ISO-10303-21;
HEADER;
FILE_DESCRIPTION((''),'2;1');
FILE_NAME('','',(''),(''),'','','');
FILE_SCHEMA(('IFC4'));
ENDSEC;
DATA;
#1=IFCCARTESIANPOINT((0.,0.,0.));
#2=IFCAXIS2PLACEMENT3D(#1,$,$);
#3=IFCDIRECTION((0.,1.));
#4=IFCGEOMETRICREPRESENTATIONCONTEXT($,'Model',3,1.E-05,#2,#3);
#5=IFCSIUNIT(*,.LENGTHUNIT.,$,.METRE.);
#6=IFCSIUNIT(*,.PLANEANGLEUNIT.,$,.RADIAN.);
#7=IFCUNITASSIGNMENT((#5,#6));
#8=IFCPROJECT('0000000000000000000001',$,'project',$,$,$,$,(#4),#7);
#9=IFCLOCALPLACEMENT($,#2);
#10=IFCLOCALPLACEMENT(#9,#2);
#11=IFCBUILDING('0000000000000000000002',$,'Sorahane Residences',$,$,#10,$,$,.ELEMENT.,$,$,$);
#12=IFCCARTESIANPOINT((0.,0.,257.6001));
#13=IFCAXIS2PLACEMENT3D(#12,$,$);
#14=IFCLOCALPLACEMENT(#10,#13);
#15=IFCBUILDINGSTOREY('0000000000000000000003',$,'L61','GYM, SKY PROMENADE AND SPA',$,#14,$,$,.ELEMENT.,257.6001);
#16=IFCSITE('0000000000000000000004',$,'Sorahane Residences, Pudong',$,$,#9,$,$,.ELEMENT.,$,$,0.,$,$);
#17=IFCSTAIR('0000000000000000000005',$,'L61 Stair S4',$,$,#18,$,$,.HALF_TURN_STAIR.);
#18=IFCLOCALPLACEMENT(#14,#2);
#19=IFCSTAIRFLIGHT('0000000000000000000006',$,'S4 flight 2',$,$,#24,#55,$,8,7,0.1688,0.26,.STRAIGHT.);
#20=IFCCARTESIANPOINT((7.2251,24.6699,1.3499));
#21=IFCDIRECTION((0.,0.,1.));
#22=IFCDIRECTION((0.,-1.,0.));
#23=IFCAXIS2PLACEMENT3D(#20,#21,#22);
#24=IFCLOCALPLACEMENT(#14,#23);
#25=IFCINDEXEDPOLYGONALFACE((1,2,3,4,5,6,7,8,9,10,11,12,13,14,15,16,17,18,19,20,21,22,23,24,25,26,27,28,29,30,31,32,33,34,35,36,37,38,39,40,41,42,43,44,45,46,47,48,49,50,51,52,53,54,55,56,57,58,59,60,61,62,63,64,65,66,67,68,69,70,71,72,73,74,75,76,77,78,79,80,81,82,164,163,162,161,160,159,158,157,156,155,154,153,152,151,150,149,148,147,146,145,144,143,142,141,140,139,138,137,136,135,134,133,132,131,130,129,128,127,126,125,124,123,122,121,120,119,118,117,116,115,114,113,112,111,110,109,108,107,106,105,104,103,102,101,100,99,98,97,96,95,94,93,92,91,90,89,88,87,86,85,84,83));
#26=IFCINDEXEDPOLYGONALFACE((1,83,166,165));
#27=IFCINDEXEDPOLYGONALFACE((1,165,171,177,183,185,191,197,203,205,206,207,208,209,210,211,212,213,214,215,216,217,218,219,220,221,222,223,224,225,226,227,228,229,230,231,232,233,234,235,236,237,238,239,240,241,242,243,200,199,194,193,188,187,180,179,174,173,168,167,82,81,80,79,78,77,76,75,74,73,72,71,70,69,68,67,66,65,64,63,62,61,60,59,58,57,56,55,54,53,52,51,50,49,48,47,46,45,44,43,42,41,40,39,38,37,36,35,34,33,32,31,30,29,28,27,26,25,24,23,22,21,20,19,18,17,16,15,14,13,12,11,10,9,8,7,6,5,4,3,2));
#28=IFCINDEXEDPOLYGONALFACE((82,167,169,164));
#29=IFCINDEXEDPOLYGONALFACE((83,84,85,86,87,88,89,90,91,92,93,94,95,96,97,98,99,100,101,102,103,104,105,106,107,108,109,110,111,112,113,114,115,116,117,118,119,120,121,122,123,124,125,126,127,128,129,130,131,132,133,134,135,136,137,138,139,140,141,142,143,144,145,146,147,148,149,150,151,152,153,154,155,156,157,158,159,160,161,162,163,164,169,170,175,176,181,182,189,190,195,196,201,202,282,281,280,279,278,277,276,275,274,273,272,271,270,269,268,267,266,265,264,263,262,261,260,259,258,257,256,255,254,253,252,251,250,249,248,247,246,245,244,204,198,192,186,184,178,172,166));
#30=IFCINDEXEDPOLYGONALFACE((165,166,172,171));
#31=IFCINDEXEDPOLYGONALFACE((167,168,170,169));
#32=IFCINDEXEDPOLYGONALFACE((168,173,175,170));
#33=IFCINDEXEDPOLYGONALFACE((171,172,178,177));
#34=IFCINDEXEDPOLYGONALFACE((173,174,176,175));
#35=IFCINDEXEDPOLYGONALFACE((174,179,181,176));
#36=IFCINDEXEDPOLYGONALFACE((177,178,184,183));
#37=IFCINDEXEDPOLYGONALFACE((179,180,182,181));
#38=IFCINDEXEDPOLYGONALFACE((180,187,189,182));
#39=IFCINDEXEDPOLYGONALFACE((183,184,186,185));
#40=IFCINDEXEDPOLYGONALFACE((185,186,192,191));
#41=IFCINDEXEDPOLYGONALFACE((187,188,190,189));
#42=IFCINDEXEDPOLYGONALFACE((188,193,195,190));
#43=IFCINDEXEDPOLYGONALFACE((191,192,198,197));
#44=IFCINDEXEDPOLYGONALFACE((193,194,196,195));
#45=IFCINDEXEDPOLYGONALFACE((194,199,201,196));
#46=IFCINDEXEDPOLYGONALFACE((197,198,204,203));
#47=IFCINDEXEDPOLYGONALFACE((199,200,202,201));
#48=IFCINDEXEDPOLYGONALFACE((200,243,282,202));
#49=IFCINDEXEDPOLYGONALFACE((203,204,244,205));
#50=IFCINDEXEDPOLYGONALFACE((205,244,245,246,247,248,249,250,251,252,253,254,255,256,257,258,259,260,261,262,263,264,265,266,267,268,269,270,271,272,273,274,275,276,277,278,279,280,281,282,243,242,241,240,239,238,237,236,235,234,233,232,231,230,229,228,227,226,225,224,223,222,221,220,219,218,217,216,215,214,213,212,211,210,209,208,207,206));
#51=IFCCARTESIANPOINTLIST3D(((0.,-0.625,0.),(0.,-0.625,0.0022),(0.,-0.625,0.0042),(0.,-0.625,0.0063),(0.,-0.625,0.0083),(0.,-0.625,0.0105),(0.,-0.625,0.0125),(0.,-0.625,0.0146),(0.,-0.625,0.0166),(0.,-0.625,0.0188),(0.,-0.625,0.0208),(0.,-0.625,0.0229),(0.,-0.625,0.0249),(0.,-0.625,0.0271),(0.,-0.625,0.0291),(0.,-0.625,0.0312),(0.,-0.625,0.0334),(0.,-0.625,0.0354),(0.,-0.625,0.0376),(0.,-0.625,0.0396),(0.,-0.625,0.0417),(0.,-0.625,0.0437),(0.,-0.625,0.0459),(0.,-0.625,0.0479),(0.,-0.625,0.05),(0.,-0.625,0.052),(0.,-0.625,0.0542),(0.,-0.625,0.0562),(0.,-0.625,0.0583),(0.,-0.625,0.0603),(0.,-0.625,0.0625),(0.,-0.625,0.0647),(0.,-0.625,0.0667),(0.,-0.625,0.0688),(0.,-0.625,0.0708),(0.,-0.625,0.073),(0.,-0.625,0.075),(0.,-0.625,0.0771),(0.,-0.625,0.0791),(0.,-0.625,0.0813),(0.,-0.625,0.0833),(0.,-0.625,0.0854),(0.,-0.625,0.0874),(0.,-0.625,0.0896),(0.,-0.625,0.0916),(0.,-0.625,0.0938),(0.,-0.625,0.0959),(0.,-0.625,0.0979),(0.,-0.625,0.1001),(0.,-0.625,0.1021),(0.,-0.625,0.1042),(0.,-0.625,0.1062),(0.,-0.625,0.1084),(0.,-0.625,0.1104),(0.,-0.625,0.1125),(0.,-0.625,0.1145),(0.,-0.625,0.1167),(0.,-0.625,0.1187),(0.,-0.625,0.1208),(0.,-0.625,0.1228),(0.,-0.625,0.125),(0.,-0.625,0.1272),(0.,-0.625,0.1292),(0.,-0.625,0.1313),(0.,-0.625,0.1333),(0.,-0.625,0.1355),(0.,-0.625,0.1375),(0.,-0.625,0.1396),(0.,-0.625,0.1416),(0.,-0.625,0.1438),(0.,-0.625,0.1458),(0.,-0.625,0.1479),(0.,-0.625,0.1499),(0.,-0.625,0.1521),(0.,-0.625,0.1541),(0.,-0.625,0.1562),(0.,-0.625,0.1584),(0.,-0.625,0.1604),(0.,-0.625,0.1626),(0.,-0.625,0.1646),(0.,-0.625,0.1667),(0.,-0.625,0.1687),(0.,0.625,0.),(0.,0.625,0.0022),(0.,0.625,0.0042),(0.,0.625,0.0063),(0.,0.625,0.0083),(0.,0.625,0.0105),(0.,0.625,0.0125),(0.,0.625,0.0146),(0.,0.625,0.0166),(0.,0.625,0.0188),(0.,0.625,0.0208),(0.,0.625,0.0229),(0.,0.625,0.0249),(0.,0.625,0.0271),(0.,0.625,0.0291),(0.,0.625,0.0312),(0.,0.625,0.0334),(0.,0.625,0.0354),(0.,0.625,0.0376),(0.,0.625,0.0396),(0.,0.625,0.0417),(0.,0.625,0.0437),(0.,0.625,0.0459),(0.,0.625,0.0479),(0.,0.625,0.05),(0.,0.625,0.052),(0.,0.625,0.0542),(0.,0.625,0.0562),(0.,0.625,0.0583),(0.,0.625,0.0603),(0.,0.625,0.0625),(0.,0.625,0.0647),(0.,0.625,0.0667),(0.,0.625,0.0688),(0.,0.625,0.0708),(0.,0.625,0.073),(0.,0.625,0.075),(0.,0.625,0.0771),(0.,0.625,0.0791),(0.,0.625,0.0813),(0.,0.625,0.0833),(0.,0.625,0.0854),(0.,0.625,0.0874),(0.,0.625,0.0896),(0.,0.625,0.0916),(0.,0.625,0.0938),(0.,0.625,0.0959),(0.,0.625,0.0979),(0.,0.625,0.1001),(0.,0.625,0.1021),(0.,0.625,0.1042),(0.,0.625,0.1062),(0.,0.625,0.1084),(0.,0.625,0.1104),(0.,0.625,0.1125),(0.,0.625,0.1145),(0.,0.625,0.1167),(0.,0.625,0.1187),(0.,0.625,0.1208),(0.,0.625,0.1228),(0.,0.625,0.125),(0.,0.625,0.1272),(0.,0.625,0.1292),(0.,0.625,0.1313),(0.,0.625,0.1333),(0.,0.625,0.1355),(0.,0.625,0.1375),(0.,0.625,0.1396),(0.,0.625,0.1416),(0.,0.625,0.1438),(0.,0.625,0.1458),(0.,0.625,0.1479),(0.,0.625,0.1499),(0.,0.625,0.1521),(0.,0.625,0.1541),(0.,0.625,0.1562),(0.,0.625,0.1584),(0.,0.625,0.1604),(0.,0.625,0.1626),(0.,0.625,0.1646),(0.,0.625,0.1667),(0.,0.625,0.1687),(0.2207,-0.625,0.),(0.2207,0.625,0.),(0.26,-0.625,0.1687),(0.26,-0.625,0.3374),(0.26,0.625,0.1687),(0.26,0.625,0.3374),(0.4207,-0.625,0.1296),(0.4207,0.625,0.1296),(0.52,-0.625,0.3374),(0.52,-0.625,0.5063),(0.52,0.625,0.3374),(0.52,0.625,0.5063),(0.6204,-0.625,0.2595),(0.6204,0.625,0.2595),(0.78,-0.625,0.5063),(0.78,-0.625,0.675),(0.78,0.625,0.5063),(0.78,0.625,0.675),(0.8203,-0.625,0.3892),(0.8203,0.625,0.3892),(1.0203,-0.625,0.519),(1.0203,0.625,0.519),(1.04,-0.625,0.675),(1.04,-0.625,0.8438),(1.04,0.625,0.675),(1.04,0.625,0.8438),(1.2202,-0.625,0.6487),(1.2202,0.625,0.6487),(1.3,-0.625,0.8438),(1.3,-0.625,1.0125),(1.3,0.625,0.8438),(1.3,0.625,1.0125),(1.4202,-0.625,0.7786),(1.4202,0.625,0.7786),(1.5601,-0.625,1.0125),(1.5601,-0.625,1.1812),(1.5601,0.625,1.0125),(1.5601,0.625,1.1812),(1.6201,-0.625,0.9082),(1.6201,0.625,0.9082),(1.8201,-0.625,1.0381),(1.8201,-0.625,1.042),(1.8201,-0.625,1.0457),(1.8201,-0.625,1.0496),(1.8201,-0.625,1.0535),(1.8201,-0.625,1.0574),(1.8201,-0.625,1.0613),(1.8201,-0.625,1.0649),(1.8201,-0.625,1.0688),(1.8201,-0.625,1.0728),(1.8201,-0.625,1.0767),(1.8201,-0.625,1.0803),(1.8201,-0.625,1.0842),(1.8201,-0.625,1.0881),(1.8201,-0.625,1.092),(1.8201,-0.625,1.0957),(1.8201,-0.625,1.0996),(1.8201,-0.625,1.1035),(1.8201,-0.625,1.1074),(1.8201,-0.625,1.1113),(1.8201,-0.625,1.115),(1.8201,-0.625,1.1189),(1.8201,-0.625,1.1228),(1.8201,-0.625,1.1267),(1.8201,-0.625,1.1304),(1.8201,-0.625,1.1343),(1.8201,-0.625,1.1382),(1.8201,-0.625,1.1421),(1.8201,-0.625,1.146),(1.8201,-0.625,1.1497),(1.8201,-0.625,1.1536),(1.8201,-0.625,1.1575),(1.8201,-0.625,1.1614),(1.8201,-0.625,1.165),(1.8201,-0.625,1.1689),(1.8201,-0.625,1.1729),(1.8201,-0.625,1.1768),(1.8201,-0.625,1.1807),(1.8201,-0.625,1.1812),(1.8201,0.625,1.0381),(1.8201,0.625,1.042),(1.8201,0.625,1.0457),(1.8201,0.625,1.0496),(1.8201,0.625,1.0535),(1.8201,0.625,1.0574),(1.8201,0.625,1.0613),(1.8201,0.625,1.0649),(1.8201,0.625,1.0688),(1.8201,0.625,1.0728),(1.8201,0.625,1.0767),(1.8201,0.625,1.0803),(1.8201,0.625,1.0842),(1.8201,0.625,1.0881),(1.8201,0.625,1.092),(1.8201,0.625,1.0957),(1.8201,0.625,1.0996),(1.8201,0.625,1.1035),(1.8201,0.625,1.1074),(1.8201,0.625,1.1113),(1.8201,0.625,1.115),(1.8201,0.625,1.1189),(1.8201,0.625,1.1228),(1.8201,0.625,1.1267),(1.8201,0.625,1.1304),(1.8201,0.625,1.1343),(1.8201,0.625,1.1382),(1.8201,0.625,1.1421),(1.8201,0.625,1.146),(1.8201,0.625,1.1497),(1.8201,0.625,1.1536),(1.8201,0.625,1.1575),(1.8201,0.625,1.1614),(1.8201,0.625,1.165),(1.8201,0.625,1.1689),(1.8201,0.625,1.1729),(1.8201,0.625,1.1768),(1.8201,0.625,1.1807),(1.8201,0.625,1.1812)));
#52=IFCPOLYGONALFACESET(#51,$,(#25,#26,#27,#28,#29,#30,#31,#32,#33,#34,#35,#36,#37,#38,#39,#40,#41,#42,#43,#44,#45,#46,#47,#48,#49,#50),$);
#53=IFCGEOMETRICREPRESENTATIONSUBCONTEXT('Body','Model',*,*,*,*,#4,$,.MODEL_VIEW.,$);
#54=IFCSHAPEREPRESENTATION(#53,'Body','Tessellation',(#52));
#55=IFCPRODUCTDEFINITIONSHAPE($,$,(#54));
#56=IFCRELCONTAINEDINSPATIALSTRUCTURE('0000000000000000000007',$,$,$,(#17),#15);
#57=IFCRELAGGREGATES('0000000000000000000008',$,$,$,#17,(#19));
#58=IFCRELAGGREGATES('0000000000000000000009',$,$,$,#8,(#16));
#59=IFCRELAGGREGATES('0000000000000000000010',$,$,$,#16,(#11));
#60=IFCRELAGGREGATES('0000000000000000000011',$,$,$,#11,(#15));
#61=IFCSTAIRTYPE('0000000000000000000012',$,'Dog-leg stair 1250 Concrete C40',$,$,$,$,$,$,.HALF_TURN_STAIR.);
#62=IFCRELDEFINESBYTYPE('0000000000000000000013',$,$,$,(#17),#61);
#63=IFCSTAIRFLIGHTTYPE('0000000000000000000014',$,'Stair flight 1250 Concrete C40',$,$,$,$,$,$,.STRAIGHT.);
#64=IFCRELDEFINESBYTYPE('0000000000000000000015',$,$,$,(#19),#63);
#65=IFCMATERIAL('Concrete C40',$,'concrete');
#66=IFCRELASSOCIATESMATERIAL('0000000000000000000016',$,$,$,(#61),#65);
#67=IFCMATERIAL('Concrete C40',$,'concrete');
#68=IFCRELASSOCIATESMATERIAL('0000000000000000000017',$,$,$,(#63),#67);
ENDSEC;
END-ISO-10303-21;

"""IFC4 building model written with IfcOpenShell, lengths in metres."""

from ifc_helpers import new_model, si_unit, direction, frame, origin, place, context, subcontext, project, spatial, polyline, outline, extrude, material, type_object, element, aggregate, save


model = new_model("IFC4")

# Units and contexts
model_context = context("Model", 3, precision=1e-05, world=origin(), true_north=direction((0.0, 1.0)))
body_context = subcontext(model_context, "Body", "Model", "MODEL_VIEW")
ifc_project = project(units=[si_unit("LENGTHUNIT", "METRE"), si_unit("PLANEANGLEUNIT", "RADIAN")], contexts=[model_context])

# Site, building, storey
site_placement = place(None, origin())
site = spatial("IfcSite", under=ifc_project, at=site_placement, Name="Sorahane Residences, Pudong", CompositionType="ELEMENT", RefElevation=0.0)
building_placement = place(site_placement, origin())
building = spatial("IfcBuilding", under=site, at=building_placement, Name="Sorahane Residences", CompositionType="ELEMENT")
storey_placement = place(building_placement, frame((0.0, 0.0, 257.6001)))
storey = spatial("IfcBuildingStorey", under=building, at=storey_placement, Name="L61", Description="GYM, SKY PROMENADE AND SPA", CompositionType="ELEMENT", Elevation=257.6001)

# Stair, stair flight
ifc_material_1 = material(Name="Concrete C40", Category="concrete")
stair_type = type_object("IfcStairType", Name="Dog-leg stair 1250 Concrete C40", PredefinedType="HALF_TURN_STAIR", material=ifc_material_1)
stair_placement = place(storey_placement, origin())
stair = element("IfcStair", 1, at=stair_placement, inside=storey, type_object=stair_type, Name="L61 Stair S4", PredefinedType="HALF_TURN_STAIR")
ifc_material_2 = material(Name="Concrete C40", Category="concrete")
stair_flight_type = type_object("IfcStairFlightType", Name="Stair flight 1250 Concrete C40", PredefinedType="STRAIGHT", material=ifc_material_2)
stair_flight_1_placement = place(storey_placement, frame((7.2251, 24.6699, 1.3499), z_axis=(0.0, 0.0, 1.0), x_axis=(0.0, -1.0, 0.0)))
stair_flight_1 = element("IfcStairFlight", 2, at=stair_flight_1_placement, type_object=stair_flight_type, Name="S4 flight 2", NumberOfRisers=8, NumberOfTreads=7, PredefinedType="STRAIGHT", RiserHeight=0.1688, TreadLength=0.26, context=body_context, shape_type="SweptSolid", body=[
    extrude(outline(polyline([(0.0, 0.0), (0.0, 0.0022), (0.0, 0.0042), (0.0, 0.0063), (0.0, 0.0083), (0.0, 0.0105), (0.0, 0.0125), (0.0, 0.0146), (0.0, 0.0166), (0.0, 0.0188), (0.0, 0.0208), (0.0, 0.0229), (0.0, 0.0249), (0.0, 0.0271), (0.0, 0.0291), (0.0, 0.0312), (0.0, 0.0334), (0.0, 0.0354), (0.0, 0.0376), (0.0, 0.0396), (0.0, 0.0417), (0.0, 0.0437), (0.0, 0.0459), (0.0, 0.0479), (0.0, 0.05), (0.0, 0.052), (0.0, 0.0542), (0.0, 0.0562), (0.0, 0.0583), (0.0, 0.0603), (0.0, 0.0625), (0.0, 0.0647), (0.0, 0.0667), (0.0, 0.0688), (0.0, 0.0708), (0.0, 0.073), (0.0, 0.075), (0.0, 0.0771), (0.0, 0.0791), (0.0, 0.0813), (0.0, 0.0833), (0.0, 0.0854), (0.0, 0.0874), (0.0, 0.0896), (0.0, 0.0916), (0.0, 0.0938), (0.0, 0.0959), (0.0, 0.0979), (0.0, 0.1001), (0.0, 0.1021), (0.0, 0.1042), (0.0, 0.1062), (0.0, 0.1084), (0.0, 0.1104), (0.0, 0.1125), (0.0, 0.1145), (0.0, 0.1167), (0.0, 0.1187), (0.0, 0.1208), (0.0, 0.1228), (0.0, 0.125), (0.0, 0.1272), (0.0, 0.1292), (0.0, 0.1313), (0.0, 0.1333), (0.0, 0.1355), (0.0, 0.1375), (0.0, 0.1396), (0.0, 0.1416), (0.0, 0.1438), (0.0, 0.1458), (0.0, 0.1479), (0.0, 0.1499), (0.0, 0.1521), (0.0, 0.1541), (0.0, 0.1562), (0.0, 0.1584), (0.0, 0.1604), (0.0, 0.1626), (0.0, 0.1646), (0.0, 0.1667), (0.0, 0.1687), (0.26, 0.1687), (0.26, 0.3374), (0.52, 0.3374), (0.52, 0.5063), (0.78, 0.5063), (0.78, 0.675), (1.04, 0.675), (1.04, 0.8438), (1.3, 0.8438), (1.3, 1.0125), (1.5601, 1.0125), (1.5601, 1.1812), (1.8201, 1.1812), (1.8201, 1.3501), (1.8201, 1.3462), (1.8201, 1.3423), (1.8201, 1.3384), (1.8201, 1.3347), (1.8201, 1.3308), (1.8201, 1.3269), (1.8201, 1.323), (1.8201, 1.3191), (1.8201, 1.3154), (1.8201, 1.3115), (1.8201, 1.3076), (1.8201, 1.3037), (1.8201, 1.3), (1.8201, 1.2961), (1.8201, 1.2922), (1.8201, 1.2883), (1.8201, 1.2844), (1.8201, 1.2808), (1.8201, 1.2769), (1.8201, 1.2729), (1.8201, 1.269), (1.8201, 1.2654), (1.8201, 1.2615), (1.8201, 1.2576), (1.8201, 1.2537), (1.8201, 1.2498), (1.8201, 1.2461), (1.8201, 1.2422), (1.8201, 1.2383), (1.8201, 1.2344), (1.8201, 1.2307), (1.8201, 1.2268), (1.8201, 1.2229), (1.8201, 1.219), (1.8201, 1.2151), (1.8201, 1.2114), (1.8201, 1.2075), (1.8201, 1.2036), (1.8201, 1.1997), (1.8201, 1.196), (1.8201, 1.1921), (1.8201, 1.1882), (1.8201, 1.1843), (1.8201, 1.1807), (1.8201, 1.1768), (1.8201, 1.1729), (1.8201, 1.1689), (1.8201, 1.165), (1.8201, 1.1614), (1.8201, 1.1575), (1.8201, 1.1536), (1.8201, 1.1497), (1.8201, 1.146), (1.8201, 1.1421), (1.8201, 1.1382), (1.8201, 1.1343), (1.8201, 1.1304), (1.8201, 1.1267), (1.8201, 1.1228), (1.8201, 1.1189), (1.8201, 1.115), (1.8201, 1.1113), (1.8201, 1.1074), (1.8201, 1.1035), (1.8201, 1.0996), (1.8201, 1.0957), (1.8201, 1.092), (1.8201, 1.0881), (1.8201, 1.0842), (1.8201, 1.0803), (1.8201, 1.0767), (1.8201, 1.0728), (1.8201, 1.0688), (1.8201, 1.0649), (1.8201, 1.0613), (1.8201, 1.0574), (1.8201, 1.0535), (1.8201, 1.0496), (1.8201, 1.0457), (1.8201, 1.042), (1.8201, 1.0381), (1.6201, 0.9082), (1.4202, 0.7786), (1.2202, 0.6487), (1.0203, 0.519), (0.8203, 0.3892), (0.6204, 0.2595), (0.4207, 0.1296), (0.2207, 0.0), (0.0, 0.0)])), frame((0.0, 0.625, 0.0), z_axis=(0.0, -1.0, 0.0), x_axis=(1.0, 0.0, 0.0)), (0.0, 0.0, 1.0), 1.25),
])
aggregate(stair, [stair_flight_1])

save(model, "model.ifc")
